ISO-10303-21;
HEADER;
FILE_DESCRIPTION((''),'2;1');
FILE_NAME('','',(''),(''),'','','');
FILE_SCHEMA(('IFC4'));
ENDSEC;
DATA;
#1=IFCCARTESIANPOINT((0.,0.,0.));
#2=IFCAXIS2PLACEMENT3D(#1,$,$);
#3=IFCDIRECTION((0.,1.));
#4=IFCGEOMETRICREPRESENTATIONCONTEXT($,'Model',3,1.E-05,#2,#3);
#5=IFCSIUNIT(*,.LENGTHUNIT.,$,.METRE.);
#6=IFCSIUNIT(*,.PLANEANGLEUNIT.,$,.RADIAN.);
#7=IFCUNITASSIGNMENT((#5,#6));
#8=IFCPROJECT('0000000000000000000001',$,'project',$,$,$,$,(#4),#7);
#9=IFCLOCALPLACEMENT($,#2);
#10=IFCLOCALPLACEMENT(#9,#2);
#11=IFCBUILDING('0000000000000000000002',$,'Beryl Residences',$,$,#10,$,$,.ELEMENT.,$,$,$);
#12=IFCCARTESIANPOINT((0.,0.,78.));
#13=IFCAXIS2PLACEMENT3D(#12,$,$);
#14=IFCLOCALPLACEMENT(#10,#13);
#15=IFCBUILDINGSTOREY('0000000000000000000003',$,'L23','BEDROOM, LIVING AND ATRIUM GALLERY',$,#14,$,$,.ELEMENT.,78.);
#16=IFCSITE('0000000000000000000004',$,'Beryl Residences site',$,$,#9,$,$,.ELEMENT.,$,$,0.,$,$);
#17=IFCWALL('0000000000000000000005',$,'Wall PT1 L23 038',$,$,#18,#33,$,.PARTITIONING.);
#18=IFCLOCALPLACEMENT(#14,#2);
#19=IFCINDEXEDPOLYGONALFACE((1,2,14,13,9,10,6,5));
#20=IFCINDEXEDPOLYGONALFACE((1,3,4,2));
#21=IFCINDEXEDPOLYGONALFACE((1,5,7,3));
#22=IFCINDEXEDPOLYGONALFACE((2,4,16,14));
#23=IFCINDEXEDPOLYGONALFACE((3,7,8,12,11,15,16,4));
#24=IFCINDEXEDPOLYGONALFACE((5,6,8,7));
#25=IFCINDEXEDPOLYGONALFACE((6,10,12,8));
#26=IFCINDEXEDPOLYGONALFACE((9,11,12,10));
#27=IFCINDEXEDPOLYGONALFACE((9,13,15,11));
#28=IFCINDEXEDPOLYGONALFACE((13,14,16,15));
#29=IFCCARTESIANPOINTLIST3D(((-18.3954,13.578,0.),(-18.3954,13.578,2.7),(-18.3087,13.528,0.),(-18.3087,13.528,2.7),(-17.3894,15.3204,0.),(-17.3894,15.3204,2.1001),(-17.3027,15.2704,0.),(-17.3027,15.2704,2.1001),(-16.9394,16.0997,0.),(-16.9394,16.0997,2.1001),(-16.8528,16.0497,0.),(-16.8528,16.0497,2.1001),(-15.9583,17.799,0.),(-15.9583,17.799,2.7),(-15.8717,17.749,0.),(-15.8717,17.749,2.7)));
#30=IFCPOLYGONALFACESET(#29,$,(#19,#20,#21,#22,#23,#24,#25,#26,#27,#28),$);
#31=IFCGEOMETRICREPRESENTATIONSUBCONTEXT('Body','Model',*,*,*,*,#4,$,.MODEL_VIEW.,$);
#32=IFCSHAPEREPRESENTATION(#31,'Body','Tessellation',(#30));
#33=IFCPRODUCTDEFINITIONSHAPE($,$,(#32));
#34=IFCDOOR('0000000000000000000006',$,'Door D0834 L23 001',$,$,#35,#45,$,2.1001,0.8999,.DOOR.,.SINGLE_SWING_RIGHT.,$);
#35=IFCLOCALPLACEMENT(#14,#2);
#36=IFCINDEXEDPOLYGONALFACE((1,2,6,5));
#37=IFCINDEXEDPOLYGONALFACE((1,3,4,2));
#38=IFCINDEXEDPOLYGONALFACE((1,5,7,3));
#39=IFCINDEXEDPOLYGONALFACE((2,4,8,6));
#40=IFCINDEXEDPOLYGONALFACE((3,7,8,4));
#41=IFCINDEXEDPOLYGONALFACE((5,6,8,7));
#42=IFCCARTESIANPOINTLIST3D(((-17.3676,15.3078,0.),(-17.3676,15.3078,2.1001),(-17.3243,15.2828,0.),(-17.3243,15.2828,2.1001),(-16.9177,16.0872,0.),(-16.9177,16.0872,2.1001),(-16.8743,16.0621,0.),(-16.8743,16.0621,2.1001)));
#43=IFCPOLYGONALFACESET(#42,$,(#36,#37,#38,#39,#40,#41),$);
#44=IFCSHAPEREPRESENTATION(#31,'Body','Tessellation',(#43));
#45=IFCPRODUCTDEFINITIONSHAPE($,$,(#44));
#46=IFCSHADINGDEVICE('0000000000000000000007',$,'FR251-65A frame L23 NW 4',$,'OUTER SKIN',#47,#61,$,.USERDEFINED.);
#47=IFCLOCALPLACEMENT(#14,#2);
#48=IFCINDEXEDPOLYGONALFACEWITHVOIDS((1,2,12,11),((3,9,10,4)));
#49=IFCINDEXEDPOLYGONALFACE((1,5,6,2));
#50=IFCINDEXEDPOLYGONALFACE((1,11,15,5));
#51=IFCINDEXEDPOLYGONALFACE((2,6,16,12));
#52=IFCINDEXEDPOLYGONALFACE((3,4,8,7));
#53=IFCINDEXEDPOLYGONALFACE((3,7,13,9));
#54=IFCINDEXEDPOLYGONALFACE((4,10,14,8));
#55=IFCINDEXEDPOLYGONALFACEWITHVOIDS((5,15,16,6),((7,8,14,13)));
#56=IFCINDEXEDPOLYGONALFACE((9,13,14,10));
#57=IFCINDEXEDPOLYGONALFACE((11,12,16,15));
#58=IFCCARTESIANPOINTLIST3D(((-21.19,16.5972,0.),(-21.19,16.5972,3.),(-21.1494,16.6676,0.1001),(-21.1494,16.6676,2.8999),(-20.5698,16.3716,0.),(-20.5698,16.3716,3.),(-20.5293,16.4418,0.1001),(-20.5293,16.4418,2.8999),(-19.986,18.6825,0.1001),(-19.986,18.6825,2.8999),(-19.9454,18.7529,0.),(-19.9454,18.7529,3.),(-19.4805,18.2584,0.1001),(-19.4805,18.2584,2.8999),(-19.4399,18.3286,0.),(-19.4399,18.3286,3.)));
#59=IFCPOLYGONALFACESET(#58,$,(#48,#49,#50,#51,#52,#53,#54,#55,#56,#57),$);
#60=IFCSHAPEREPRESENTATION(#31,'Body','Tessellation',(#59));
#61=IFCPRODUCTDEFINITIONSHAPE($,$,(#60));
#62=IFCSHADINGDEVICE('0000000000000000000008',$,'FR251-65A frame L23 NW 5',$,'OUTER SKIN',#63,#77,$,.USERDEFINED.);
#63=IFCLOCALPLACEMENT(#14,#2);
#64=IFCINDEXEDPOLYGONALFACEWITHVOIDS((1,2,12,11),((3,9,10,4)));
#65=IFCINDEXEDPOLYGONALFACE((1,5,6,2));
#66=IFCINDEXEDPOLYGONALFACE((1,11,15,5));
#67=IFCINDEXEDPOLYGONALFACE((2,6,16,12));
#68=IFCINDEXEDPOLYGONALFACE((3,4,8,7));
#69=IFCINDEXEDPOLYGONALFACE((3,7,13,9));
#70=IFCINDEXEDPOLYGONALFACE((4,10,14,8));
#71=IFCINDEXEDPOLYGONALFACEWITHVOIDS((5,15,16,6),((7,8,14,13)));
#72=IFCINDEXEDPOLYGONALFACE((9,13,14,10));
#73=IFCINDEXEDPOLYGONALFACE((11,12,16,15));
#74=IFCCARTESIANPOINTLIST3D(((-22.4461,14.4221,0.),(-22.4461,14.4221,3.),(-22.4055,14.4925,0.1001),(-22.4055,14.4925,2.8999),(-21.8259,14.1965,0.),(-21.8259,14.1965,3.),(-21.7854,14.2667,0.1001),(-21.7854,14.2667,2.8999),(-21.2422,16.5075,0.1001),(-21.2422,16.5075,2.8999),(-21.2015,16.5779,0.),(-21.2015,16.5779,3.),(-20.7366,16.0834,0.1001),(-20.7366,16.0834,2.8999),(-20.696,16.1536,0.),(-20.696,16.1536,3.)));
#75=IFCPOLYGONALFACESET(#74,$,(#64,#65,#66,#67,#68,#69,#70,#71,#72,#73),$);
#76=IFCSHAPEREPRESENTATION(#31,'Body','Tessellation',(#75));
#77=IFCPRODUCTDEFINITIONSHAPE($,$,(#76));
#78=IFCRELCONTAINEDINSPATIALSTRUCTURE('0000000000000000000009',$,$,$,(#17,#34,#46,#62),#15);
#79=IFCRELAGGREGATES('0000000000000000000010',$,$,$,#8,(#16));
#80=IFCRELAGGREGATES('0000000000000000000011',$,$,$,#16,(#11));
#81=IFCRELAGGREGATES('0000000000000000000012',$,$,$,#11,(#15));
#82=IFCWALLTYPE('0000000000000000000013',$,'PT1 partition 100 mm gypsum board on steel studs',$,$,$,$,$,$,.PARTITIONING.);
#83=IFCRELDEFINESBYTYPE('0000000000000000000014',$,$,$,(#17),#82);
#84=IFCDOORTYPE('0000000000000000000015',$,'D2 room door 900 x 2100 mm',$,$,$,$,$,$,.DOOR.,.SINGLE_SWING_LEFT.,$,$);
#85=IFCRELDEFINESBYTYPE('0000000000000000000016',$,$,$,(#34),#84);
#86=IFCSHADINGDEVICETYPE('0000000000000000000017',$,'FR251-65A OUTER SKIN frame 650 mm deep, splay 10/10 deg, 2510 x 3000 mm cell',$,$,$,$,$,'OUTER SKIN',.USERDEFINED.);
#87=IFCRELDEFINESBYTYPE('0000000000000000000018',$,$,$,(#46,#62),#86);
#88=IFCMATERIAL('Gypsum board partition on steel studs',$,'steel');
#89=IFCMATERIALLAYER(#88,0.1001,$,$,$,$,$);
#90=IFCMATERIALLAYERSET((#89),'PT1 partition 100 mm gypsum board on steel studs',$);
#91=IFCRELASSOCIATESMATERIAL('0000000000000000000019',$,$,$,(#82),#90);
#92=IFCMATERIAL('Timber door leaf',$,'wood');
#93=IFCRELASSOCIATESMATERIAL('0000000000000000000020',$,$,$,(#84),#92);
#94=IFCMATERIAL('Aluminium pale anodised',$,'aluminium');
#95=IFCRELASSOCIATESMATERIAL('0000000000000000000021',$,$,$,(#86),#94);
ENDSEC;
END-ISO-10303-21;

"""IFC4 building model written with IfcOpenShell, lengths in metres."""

from ifc_helpers import new_model, entity, si_unit, direction, frame, frame_2d, origin, place, context, subcontext, project, spatial, rectangle, extrude, source, transform, mapped, material, layer, layer_set, type_object, type_shapes, element, fill, save


model = new_model("IFC4")

# Units and contexts
model_context = context("Model", 3, precision=1e-05, world=origin(), true_north=direction((0.0, 1.0)))
body_context = subcontext(model_context, "Body", "Model", "MODEL_VIEW")
ifc_project = project(units=[si_unit("LENGTHUNIT", "METRE"), si_unit("PLANEANGLEUNIT", "RADIAN")], contexts=[model_context])

# Site, building, storey
site_placement = place(None, origin())
site = spatial("IfcSite", under=ifc_project, at=site_placement, Name="Beryl Residences site", CompositionType="ELEMENT", RefElevation=0.0)
building_placement = place(site_placement, origin())
building = spatial("IfcBuilding", under=site, at=building_placement, Name="Beryl Residences", CompositionType="ELEMENT")
storey_placement = place(building_placement, frame((0.0, 0.0, 78.0)))
storey = spatial("IfcBuildingStorey", under=building, at=storey_placement, Name="L23", Description="BEDROOM, LIVING AND ATRIUM GALLERY", CompositionType="ELEMENT", Elevation=78.0)

# Shared definitions
ifc_material_1 = material(Name="Gypsum board partition on steel studs", Category="steel")
ifc_layer = layer(ifc_material_1, 0.1001)
ifc_layer_set = layer_set([ifc_layer], Name="PT1 partition 100 mm gypsum board on steel studs")
wall_type = type_object("IfcWallType", Name="PT1 partition 100 mm gypsum board on steel studs", PredefinedType="PARTITIONING", material=ifc_layer_set)
ifc_material_2 = material(Name="Timber door leaf", Category="wood")
door_type_1 = type_object("IfcDoorType", Name="D2 room door 900 x 2100 mm", OperationType="SINGLE_SWING_LEFT", PredefinedType="DOOR", material=ifc_material_2)

# Wall, opening, door
wall_1_placement = place(storey_placement, frame((-18.3521, 13.553, 0.0), z_axis=(0.0, 0.0, 1.0), x_axis=(0.500007, 0.866021, 0.0)))
wall_1 = element("IfcWall", 1, at=wall_1_placement, inside=storey, type_object=wall_type, Name="Wall PT1 L23 038", PredefinedType="PARTITIONING", context=body_context, shape_type="SweptSolid", body=[
    extrude(rectangle(XDim=4.874, YDim=0.1001, at=frame_2d((2.437, 0.0))), origin(), (0.0, 0.0, 1.0), 2.7),
])
opening_1_placement = place(wall_1_placement, frame((2.012, 0.0, 0.0)))
opening_1 = element("IfcOpeningElement", 2, at=opening_1_placement, cuts=wall_1, PredefinedType="OPENING", context=body_context, shape_type="SweptSolid", body=[
    extrude(rectangle(XDim=0.8999, YDim=2.1001, at=frame_2d((0.45, 1.05))), frame((0.0, 0.0601, 0.0), z_axis=(0.0, -1.0, 0.0), x_axis=(1.0, 0.0, 0.0)), (0.0, 0.0, 1.0), 0.1201),
])
door_1_placement = place(opening_1_placement, origin())
door_1 = element("IfcDoor", 3, at=door_1_placement, inside=storey, type_object=door_type_1, Name="Door D0834 L23 001", OperationType="SINGLE_SWING_RIGHT", OverallHeight=2.1001, OverallWidth=0.8999, PredefinedType="DOOR", context=body_context, shape_type="SweptSolid", body=[
    extrude(rectangle(XDim=0.8999, YDim=2.1001, at=frame_2d((0.45, 1.05))), frame((0.0, 0.0249, 0.0), z_axis=(0.0, -1.0, 0.0), x_axis=(1.0, 0.0, 0.0)), (0.0, 0.0, 1.0), 0.05),
])
fill(opening_1, door_1)

# Shading devices
ifc_material_3 = material(Name="Aluminium pale anodised", Category="aluminium")
shading_device_type = type_object("IfcShadingDeviceType", Name="FR251-65A OUTER SKIN frame 650 mm deep, splay 10/10 deg, 2510 x 3000 mm cell", ElementType="OUTER SKIN", PredefinedType="USERDEFINED", material=ifc_material_3)
cartesian_point_1 = entity("IfcCartesianPoint", [-1.1299, 0.0])
cartesian_point_2 = entity("IfcCartesianPoint", [-1.0488, 0.1001])
cartesian_point_3 = entity("IfcCartesianPoint", [-1.2446, 0.0])
cartesian_point_4 = entity("IfcCartesianPoint", [-1.1633, 0.1001])
shared_shape = source(origin(), body_context, "Body", "SweptSolid", [
    entity("IfcExtrudedAreaSolidTapered", entity("IfcArbitraryProfileDefWithVoids", "AREA", None, entity("IfcPolyline", [cartesian_point_1, entity("IfcCartesianPoint", [1.1299, 0.0]), entity("IfcCartesianPoint", [1.1299, 3.0]), entity("IfcCartesianPoint", [-1.1299, 3.0]), cartesian_point_1]), [entity("IfcPolyline", [cartesian_point_2, entity("IfcCartesianPoint", [1.0488, 0.1001]), entity("IfcCartesianPoint", [1.0488, 2.8999]), entity("IfcCartesianPoint", [-1.0488, 2.8999]), cartesian_point_2])]), entity("IfcAxis2Placement3D", entity("IfcCartesianPoint", [0.0, 0.0, 0.0]), entity("IfcDirection", [0.0, 1.0, 0.0]), entity("IfcDirection", [-1.0, 0.0, 0.0])), entity("IfcDirection", [0.0, 0.0, 1.0]), 0.6499, entity("IfcArbitraryProfileDefWithVoids", "AREA", None, entity("IfcPolyline", [cartesian_point_3, entity("IfcCartesianPoint", [1.2446, 0.0]), entity("IfcCartesianPoint", [1.2446, 3.0]), entity("IfcCartesianPoint", [-1.2446, 3.0]), cartesian_point_3]), [entity("IfcPolyline", [cartesian_point_4, entity("IfcCartesianPoint", [1.1633, 0.1001]), entity("IfcCartesianPoint", [1.1633, 2.8999]), entity("IfcCartesianPoint", [-1.1633, 2.8999]), cartesian_point_4])])),
])
type_shapes(shading_device_type, [shared_shape])
for number, where, z_axis, x_axis, name in (
    (4, (-20.0049, 17.3501, 0.0), (0.0, 0.0, 1.0), (0.5, 0.866025, 0.0), "FR251-65A frame L23 NW 4"),
    (5, (-21.261, 15.175, 0.0), (0.0, 0.0, 1.0), (0.5, 0.866025, 0.0), "FR251-65A frame L23 NW 5"),
):
    element("IfcShadingDevice", number, at=place(storey_placement, frame(where, z_axis=z_axis, x_axis=x_axis)), inside=storey, type_object=shading_device_type, Name=name, ObjectType="OUTER SKIN", PredefinedType="USERDEFINED", context=body_context, shape_type="MappedRepresentation", body=[
        mapped(shared_shape, transform((0.0, 0.0, 0.0))),
    ])

save(model, "model.ifc")
